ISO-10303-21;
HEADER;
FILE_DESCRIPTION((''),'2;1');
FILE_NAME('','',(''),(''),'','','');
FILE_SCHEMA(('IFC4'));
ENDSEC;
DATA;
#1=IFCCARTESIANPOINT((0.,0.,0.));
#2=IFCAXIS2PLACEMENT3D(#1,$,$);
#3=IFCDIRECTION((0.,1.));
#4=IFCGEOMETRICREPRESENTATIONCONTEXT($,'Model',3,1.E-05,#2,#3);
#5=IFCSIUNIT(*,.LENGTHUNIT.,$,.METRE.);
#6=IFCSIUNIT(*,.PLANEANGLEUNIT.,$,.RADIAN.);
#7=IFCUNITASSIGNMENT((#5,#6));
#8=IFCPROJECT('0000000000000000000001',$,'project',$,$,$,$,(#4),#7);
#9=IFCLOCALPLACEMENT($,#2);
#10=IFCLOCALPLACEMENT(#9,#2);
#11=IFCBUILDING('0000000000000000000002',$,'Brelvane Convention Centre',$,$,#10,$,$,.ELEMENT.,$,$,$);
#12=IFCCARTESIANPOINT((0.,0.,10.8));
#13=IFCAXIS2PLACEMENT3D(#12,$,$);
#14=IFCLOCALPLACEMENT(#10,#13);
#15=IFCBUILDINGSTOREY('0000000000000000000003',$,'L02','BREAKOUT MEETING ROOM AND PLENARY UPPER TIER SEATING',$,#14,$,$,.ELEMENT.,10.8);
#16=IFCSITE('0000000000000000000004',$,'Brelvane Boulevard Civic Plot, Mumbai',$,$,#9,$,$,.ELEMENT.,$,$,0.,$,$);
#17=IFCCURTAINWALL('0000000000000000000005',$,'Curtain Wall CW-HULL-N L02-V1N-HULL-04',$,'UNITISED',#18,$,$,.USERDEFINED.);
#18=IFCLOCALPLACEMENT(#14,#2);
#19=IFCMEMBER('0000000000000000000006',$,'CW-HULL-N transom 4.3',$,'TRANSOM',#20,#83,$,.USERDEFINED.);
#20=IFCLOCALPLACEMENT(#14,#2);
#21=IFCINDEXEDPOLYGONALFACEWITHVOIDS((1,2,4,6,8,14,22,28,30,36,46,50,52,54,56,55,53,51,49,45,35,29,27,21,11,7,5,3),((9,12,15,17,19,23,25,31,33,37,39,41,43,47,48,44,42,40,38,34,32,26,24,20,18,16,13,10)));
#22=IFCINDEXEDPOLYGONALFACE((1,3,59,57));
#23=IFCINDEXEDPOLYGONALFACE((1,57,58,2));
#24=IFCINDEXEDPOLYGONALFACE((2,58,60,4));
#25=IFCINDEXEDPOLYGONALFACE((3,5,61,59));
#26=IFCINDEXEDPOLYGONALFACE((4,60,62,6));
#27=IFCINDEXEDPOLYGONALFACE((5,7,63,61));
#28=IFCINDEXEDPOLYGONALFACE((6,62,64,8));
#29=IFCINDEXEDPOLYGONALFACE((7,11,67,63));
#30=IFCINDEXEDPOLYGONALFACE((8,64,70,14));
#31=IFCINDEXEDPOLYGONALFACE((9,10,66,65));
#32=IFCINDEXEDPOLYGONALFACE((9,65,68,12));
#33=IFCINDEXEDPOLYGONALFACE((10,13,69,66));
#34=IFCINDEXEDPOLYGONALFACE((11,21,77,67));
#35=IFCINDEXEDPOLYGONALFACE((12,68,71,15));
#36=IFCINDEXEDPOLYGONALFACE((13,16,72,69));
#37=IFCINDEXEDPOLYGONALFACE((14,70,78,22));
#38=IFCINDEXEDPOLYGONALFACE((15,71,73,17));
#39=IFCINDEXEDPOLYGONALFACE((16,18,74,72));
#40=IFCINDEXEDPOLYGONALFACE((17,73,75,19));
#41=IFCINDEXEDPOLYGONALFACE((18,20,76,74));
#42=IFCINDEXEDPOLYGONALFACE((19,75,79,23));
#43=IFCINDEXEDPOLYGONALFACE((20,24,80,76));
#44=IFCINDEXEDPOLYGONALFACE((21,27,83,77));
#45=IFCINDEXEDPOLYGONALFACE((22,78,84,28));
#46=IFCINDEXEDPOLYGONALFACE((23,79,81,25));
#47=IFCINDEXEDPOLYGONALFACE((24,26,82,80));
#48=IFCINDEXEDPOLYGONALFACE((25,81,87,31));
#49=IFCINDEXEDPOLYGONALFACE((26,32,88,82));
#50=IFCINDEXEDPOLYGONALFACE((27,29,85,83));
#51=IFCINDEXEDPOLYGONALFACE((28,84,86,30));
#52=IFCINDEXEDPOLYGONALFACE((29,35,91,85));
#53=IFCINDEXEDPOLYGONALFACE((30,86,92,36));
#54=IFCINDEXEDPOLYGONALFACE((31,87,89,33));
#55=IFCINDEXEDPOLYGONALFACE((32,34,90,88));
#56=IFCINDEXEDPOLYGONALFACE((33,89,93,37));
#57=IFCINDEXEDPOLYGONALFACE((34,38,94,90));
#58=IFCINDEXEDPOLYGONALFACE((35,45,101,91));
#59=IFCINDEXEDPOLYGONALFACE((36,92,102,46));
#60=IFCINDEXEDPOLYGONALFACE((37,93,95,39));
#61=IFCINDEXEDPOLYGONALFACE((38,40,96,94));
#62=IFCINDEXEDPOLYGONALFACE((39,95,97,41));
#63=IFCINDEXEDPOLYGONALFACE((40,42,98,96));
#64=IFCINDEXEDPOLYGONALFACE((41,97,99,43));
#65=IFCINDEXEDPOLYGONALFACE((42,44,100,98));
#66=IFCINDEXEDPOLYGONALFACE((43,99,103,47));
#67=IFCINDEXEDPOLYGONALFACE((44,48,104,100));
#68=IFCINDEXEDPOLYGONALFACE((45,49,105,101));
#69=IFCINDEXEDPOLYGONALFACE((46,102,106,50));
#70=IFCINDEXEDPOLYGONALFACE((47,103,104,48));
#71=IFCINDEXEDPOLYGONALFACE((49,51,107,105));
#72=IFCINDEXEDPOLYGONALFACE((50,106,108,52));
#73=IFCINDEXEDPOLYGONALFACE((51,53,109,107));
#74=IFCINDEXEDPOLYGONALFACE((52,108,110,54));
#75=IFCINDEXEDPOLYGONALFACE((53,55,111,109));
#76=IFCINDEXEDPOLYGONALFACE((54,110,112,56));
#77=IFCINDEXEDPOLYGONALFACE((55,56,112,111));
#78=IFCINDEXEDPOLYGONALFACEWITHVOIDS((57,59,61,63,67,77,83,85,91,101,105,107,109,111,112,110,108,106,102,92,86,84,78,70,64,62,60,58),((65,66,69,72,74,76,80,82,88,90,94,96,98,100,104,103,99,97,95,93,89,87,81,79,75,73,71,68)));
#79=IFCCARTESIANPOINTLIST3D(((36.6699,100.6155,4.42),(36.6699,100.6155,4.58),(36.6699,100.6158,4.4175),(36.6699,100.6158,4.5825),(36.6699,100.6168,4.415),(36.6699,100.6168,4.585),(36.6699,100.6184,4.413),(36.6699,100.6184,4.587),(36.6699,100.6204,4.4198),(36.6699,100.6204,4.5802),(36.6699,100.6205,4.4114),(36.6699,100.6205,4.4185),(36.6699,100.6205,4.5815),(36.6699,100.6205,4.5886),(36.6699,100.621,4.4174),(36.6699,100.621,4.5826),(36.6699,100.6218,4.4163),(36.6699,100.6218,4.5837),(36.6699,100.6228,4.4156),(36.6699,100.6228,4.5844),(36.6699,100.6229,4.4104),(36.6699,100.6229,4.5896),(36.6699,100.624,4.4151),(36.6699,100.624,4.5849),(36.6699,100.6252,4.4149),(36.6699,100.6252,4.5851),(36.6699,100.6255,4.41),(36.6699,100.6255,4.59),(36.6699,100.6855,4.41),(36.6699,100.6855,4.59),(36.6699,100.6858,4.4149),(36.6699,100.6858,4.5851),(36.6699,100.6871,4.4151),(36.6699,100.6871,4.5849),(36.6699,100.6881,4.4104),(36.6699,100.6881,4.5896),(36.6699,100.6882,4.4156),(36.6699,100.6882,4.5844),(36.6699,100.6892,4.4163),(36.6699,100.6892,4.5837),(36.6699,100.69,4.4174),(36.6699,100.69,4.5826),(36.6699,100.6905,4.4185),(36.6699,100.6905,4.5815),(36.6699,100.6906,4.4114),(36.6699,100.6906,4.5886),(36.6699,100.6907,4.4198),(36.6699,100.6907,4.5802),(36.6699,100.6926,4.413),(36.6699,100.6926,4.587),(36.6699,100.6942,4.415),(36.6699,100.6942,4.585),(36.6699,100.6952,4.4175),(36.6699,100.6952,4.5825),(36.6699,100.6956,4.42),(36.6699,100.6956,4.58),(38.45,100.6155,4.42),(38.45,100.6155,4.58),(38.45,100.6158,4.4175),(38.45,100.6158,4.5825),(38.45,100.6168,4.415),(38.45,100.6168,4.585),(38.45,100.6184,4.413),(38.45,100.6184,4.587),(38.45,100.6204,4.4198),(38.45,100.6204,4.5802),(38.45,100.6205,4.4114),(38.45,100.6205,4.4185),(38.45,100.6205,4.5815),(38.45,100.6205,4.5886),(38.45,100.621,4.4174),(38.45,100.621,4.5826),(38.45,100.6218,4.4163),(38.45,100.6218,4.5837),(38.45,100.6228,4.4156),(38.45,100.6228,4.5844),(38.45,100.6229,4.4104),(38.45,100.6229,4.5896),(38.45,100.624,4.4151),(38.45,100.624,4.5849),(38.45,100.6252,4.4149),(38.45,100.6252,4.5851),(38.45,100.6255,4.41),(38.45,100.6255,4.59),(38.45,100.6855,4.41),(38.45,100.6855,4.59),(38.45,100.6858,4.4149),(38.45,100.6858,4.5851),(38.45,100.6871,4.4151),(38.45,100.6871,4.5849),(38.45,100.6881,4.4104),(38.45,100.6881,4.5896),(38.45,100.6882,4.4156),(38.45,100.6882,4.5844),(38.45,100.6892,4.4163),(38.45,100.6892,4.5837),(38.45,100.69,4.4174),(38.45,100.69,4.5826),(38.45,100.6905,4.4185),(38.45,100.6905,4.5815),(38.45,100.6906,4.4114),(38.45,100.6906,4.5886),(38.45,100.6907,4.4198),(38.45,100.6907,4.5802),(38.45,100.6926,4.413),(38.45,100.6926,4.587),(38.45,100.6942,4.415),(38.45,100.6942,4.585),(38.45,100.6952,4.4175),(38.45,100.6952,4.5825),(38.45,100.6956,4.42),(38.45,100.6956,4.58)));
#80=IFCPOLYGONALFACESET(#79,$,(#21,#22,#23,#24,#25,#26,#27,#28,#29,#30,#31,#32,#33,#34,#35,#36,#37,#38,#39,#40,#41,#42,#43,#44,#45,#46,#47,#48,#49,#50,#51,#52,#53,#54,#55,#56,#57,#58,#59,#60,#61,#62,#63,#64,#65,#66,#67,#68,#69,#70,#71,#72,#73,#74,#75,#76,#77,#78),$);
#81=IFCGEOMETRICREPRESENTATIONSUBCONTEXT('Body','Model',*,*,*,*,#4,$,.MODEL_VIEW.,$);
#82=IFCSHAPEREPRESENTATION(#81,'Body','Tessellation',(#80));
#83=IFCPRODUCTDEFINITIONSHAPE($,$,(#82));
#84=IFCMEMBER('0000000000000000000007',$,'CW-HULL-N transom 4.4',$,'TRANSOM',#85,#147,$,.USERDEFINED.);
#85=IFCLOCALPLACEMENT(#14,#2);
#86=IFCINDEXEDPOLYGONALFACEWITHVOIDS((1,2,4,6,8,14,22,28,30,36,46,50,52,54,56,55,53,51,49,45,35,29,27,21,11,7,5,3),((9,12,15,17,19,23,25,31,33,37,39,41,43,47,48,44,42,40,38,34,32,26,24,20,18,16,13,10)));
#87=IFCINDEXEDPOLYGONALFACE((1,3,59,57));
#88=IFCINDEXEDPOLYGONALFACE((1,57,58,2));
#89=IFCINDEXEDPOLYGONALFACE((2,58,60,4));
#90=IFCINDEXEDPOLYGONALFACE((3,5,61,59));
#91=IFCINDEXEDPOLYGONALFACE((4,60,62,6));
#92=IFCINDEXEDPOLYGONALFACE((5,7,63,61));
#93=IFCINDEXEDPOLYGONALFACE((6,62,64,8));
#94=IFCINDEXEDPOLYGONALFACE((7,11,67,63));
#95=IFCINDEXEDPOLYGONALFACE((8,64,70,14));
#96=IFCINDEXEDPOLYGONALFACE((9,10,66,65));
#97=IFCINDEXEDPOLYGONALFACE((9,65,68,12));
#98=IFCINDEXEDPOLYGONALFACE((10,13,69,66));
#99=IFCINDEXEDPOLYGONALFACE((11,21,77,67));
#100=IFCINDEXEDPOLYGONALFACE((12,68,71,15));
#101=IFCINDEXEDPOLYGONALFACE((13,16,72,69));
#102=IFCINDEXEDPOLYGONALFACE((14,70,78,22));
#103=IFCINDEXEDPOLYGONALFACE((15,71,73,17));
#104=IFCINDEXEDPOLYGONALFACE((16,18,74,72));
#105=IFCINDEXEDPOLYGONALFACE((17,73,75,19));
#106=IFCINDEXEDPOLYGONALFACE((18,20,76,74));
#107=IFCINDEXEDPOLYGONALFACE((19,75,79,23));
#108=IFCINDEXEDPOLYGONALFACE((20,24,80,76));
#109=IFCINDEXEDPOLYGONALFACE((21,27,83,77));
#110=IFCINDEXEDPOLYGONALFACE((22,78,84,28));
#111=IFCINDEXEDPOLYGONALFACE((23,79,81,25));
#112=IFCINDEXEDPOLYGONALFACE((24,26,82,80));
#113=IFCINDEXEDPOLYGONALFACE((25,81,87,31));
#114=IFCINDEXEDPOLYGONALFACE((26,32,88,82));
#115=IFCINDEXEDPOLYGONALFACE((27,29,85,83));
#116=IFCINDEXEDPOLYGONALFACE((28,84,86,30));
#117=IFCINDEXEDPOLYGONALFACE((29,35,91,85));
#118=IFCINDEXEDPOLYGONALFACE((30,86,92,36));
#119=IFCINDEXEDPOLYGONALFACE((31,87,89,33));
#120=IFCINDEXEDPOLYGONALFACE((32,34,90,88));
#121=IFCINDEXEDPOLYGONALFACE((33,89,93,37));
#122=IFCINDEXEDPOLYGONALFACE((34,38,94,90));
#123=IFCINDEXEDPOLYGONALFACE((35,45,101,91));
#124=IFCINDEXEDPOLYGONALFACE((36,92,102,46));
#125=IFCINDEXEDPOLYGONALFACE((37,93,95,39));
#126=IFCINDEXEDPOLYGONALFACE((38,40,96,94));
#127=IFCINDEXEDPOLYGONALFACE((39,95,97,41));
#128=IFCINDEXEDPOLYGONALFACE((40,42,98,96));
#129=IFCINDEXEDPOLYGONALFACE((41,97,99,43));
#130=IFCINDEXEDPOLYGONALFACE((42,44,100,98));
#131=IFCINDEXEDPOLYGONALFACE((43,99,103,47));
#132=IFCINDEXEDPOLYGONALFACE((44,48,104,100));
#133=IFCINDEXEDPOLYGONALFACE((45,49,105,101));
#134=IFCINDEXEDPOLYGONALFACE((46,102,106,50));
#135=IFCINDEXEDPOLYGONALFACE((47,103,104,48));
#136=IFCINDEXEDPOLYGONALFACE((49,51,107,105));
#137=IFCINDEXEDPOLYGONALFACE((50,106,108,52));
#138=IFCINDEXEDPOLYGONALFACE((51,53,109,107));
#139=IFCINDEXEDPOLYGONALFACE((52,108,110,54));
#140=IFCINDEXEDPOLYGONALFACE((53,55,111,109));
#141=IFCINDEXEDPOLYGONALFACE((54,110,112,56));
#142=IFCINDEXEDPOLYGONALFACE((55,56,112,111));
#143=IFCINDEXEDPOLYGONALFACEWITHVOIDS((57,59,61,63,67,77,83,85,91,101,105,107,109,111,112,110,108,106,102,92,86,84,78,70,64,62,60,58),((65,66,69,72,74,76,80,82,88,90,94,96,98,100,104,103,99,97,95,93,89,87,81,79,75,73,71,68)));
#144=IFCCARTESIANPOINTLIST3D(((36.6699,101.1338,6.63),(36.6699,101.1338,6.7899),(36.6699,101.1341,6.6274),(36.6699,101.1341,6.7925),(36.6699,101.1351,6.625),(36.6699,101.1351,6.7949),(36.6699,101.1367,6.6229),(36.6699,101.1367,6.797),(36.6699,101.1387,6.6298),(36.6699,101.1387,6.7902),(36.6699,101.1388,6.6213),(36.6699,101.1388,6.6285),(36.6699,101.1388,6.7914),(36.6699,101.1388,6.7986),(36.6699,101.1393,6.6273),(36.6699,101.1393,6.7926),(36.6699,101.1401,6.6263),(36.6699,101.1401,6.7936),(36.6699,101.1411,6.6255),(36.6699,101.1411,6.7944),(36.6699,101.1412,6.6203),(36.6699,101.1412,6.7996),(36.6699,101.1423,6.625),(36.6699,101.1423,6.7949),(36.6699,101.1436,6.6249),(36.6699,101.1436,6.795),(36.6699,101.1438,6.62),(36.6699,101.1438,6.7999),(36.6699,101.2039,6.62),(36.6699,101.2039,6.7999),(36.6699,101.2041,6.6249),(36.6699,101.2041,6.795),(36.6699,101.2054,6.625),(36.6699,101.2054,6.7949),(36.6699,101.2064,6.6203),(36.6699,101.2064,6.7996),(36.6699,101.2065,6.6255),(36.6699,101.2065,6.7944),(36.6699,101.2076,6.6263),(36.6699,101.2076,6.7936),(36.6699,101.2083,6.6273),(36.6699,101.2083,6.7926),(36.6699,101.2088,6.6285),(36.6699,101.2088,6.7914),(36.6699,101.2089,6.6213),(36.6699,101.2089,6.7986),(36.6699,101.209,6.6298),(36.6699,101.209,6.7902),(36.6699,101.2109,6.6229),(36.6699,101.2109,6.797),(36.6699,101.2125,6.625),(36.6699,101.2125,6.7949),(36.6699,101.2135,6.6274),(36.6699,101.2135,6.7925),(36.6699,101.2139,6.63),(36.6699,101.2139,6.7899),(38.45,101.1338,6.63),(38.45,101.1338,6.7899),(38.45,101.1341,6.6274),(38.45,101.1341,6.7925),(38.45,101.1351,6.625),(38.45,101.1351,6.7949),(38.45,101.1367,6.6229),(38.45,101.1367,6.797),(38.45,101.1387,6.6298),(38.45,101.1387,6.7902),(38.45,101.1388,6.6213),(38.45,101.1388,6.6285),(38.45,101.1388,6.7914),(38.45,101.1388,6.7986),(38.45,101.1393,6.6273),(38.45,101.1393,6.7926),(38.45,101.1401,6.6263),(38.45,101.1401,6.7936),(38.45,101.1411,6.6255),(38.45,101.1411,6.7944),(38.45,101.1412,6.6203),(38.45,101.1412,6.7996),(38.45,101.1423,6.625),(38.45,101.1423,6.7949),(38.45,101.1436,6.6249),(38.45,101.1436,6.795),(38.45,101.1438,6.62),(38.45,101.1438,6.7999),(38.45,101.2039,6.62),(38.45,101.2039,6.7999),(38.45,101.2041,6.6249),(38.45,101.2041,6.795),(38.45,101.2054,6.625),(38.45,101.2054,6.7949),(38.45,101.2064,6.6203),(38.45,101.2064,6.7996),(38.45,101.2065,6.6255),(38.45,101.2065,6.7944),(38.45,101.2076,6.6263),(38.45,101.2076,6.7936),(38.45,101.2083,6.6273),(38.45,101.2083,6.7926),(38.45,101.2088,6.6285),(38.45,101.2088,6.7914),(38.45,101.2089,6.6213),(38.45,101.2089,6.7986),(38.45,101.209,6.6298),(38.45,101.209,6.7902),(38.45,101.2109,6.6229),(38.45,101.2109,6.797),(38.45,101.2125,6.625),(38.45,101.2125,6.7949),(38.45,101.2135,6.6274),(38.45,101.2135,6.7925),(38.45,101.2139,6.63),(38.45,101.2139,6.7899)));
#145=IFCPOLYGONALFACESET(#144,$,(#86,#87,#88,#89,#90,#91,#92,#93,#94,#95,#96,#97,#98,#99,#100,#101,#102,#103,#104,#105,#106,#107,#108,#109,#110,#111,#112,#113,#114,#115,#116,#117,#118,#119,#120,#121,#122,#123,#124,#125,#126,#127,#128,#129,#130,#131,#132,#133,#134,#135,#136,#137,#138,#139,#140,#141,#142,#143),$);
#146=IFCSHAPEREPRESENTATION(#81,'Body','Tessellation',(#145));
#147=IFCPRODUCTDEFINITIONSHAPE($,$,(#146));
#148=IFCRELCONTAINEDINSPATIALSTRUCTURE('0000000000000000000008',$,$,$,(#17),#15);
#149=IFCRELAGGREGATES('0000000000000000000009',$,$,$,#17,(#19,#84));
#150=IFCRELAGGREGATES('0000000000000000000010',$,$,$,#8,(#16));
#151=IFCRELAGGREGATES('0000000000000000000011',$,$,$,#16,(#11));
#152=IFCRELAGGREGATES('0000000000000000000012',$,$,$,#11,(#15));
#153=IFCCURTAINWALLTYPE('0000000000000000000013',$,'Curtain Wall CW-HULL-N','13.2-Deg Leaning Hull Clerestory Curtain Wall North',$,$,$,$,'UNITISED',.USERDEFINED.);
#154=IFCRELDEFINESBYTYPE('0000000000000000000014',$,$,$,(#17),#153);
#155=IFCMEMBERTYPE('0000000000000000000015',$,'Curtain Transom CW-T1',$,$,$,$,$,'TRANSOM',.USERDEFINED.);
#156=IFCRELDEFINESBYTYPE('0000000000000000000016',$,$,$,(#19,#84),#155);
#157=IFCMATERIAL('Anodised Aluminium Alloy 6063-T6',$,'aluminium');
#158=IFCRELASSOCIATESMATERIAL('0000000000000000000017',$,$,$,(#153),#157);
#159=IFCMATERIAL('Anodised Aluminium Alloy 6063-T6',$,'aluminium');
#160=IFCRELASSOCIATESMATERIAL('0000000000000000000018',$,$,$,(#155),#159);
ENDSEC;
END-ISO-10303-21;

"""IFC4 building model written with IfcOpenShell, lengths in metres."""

from ifc_helpers import new_model, si_unit, direction, frame, origin, origin_2d, place, context, subcontext, project, spatial, hollow_rectangle, extrude, material, material_profile, profile_set, type_object, element, aggregate, save


model = new_model("IFC4")

# Units and contexts
model_context = context("Model", 3, precision=1e-05, world=origin(), true_north=direction((0.0, 1.0)))
body_context = subcontext(model_context, "Body", "Model", "MODEL_VIEW")
ifc_project = project(units=[si_unit("LENGTHUNIT", "METRE"), si_unit("PLANEANGLEUNIT", "RADIAN")], contexts=[model_context])

# Site, building, storey
site_placement = place(None, origin())
site = spatial("IfcSite", under=ifc_project, at=site_placement, Name="Brelvane Boulevard Civic Plot, Mumbai", CompositionType="ELEMENT", RefElevation=0.0)
building_placement = place(site_placement, origin())
building = spatial("IfcBuilding", under=site, at=building_placement, Name="Brelvane Convention Centre", CompositionType="ELEMENT")
storey_placement = place(building_placement, frame((0.0, 0.0, 10.8)))
storey = spatial("IfcBuildingStorey", under=building, at=storey_placement, Name="L02", Description="BREAKOUT MEETING ROOM AND PLENARY UPPER TIER SEATING", CompositionType="ELEMENT", Elevation=10.8)

# Curtain wall
ifc_material_1 = material(Name="Anodised Aluminium Alloy 6063-T6", Category="aluminium")
curtain_wall_type = type_object("IfcCurtainWallType", Name="Curtain Wall CW-HULL-N", Description="13.2-Deg Leaning Hull Clerestory Curtain Wall North", ElementType="UNITISED", PredefinedType="USERDEFINED", material=ifc_material_1)
curtain_wall_1_placement = place(storey_placement, origin())
curtain_wall_1 = element("IfcCurtainWall", 1, at=curtain_wall_1_placement, inside=storey, type_object=curtain_wall_type, Name="Curtain Wall CW-HULL-N L02-V1N-HULL-04", ObjectType="UNITISED", PredefinedType="USERDEFINED")

# Members
ifc_material_2 = material(Name="Anodised Aluminium Alloy 6063-T6", Category="aluminium")
ifc_material_profile_1 = material_profile(ifc_material_2, hollow_rectangle(XDim=0.0801, YDim=0.1799, WallThickness=0.0049, InnerFilletRadius=0.0049, OuterFilletRadius=0.01, at=origin_2d()), Name="ALU-T 180x80x5.0")
ifc_profile_set_1 = profile_set([ifc_material_profile_1], Name="Anodised Aluminium Alloy 6063-T6")
member_type_1 = type_object("IfcMemberType", Name="Curtain Transom CW-T1", ElementType="TRANSOM", PredefinedType="USERDEFINED", material=ifc_profile_set_1)
member_1_placement = place(storey_placement, frame((36.6699, 100.6555, 4.5), z_axis=(1.0, 0.0, 0.0), x_axis=(0.0, 1.0, 0.0)))
member_1 = element("IfcMember", 2, at=member_1_placement, type_object=member_type_1, Name="CW-HULL-N transom 4.3", ObjectType="TRANSOM", PredefinedType="USERDEFINED", context=body_context, shape_type="SweptSolid", body=[
    extrude(hollow_rectangle(XDim=0.0801, YDim=0.1799, WallThickness=0.0049, InnerFilletRadius=0.0049, OuterFilletRadius=0.01, at=origin_2d()), origin(), (0.0, 0.0, 1.0), 1.78),
])
member_2_placement = place(storey_placement, frame((36.6699, 101.1738, 6.71), z_axis=(1.0, 0.0, 0.0), x_axis=(0.0, 1.0, 0.0)))
member_2 = element("IfcMember", 3, at=member_2_placement, type_object=member_type_1, Name="CW-HULL-N transom 4.4", ObjectType="TRANSOM", PredefinedType="USERDEFINED", context=body_context, shape_type="SweptSolid", body=[
    extrude(hollow_rectangle(XDim=0.0801, YDim=0.1799, WallThickness=0.0049, InnerFilletRadius=0.0049, OuterFilletRadius=0.01, at=origin_2d()), origin(), (0.0, 0.0, 1.0), 1.78),
])

aggregate(curtain_wall_1, [member_1, member_2])

save(model, "model.ifc")
